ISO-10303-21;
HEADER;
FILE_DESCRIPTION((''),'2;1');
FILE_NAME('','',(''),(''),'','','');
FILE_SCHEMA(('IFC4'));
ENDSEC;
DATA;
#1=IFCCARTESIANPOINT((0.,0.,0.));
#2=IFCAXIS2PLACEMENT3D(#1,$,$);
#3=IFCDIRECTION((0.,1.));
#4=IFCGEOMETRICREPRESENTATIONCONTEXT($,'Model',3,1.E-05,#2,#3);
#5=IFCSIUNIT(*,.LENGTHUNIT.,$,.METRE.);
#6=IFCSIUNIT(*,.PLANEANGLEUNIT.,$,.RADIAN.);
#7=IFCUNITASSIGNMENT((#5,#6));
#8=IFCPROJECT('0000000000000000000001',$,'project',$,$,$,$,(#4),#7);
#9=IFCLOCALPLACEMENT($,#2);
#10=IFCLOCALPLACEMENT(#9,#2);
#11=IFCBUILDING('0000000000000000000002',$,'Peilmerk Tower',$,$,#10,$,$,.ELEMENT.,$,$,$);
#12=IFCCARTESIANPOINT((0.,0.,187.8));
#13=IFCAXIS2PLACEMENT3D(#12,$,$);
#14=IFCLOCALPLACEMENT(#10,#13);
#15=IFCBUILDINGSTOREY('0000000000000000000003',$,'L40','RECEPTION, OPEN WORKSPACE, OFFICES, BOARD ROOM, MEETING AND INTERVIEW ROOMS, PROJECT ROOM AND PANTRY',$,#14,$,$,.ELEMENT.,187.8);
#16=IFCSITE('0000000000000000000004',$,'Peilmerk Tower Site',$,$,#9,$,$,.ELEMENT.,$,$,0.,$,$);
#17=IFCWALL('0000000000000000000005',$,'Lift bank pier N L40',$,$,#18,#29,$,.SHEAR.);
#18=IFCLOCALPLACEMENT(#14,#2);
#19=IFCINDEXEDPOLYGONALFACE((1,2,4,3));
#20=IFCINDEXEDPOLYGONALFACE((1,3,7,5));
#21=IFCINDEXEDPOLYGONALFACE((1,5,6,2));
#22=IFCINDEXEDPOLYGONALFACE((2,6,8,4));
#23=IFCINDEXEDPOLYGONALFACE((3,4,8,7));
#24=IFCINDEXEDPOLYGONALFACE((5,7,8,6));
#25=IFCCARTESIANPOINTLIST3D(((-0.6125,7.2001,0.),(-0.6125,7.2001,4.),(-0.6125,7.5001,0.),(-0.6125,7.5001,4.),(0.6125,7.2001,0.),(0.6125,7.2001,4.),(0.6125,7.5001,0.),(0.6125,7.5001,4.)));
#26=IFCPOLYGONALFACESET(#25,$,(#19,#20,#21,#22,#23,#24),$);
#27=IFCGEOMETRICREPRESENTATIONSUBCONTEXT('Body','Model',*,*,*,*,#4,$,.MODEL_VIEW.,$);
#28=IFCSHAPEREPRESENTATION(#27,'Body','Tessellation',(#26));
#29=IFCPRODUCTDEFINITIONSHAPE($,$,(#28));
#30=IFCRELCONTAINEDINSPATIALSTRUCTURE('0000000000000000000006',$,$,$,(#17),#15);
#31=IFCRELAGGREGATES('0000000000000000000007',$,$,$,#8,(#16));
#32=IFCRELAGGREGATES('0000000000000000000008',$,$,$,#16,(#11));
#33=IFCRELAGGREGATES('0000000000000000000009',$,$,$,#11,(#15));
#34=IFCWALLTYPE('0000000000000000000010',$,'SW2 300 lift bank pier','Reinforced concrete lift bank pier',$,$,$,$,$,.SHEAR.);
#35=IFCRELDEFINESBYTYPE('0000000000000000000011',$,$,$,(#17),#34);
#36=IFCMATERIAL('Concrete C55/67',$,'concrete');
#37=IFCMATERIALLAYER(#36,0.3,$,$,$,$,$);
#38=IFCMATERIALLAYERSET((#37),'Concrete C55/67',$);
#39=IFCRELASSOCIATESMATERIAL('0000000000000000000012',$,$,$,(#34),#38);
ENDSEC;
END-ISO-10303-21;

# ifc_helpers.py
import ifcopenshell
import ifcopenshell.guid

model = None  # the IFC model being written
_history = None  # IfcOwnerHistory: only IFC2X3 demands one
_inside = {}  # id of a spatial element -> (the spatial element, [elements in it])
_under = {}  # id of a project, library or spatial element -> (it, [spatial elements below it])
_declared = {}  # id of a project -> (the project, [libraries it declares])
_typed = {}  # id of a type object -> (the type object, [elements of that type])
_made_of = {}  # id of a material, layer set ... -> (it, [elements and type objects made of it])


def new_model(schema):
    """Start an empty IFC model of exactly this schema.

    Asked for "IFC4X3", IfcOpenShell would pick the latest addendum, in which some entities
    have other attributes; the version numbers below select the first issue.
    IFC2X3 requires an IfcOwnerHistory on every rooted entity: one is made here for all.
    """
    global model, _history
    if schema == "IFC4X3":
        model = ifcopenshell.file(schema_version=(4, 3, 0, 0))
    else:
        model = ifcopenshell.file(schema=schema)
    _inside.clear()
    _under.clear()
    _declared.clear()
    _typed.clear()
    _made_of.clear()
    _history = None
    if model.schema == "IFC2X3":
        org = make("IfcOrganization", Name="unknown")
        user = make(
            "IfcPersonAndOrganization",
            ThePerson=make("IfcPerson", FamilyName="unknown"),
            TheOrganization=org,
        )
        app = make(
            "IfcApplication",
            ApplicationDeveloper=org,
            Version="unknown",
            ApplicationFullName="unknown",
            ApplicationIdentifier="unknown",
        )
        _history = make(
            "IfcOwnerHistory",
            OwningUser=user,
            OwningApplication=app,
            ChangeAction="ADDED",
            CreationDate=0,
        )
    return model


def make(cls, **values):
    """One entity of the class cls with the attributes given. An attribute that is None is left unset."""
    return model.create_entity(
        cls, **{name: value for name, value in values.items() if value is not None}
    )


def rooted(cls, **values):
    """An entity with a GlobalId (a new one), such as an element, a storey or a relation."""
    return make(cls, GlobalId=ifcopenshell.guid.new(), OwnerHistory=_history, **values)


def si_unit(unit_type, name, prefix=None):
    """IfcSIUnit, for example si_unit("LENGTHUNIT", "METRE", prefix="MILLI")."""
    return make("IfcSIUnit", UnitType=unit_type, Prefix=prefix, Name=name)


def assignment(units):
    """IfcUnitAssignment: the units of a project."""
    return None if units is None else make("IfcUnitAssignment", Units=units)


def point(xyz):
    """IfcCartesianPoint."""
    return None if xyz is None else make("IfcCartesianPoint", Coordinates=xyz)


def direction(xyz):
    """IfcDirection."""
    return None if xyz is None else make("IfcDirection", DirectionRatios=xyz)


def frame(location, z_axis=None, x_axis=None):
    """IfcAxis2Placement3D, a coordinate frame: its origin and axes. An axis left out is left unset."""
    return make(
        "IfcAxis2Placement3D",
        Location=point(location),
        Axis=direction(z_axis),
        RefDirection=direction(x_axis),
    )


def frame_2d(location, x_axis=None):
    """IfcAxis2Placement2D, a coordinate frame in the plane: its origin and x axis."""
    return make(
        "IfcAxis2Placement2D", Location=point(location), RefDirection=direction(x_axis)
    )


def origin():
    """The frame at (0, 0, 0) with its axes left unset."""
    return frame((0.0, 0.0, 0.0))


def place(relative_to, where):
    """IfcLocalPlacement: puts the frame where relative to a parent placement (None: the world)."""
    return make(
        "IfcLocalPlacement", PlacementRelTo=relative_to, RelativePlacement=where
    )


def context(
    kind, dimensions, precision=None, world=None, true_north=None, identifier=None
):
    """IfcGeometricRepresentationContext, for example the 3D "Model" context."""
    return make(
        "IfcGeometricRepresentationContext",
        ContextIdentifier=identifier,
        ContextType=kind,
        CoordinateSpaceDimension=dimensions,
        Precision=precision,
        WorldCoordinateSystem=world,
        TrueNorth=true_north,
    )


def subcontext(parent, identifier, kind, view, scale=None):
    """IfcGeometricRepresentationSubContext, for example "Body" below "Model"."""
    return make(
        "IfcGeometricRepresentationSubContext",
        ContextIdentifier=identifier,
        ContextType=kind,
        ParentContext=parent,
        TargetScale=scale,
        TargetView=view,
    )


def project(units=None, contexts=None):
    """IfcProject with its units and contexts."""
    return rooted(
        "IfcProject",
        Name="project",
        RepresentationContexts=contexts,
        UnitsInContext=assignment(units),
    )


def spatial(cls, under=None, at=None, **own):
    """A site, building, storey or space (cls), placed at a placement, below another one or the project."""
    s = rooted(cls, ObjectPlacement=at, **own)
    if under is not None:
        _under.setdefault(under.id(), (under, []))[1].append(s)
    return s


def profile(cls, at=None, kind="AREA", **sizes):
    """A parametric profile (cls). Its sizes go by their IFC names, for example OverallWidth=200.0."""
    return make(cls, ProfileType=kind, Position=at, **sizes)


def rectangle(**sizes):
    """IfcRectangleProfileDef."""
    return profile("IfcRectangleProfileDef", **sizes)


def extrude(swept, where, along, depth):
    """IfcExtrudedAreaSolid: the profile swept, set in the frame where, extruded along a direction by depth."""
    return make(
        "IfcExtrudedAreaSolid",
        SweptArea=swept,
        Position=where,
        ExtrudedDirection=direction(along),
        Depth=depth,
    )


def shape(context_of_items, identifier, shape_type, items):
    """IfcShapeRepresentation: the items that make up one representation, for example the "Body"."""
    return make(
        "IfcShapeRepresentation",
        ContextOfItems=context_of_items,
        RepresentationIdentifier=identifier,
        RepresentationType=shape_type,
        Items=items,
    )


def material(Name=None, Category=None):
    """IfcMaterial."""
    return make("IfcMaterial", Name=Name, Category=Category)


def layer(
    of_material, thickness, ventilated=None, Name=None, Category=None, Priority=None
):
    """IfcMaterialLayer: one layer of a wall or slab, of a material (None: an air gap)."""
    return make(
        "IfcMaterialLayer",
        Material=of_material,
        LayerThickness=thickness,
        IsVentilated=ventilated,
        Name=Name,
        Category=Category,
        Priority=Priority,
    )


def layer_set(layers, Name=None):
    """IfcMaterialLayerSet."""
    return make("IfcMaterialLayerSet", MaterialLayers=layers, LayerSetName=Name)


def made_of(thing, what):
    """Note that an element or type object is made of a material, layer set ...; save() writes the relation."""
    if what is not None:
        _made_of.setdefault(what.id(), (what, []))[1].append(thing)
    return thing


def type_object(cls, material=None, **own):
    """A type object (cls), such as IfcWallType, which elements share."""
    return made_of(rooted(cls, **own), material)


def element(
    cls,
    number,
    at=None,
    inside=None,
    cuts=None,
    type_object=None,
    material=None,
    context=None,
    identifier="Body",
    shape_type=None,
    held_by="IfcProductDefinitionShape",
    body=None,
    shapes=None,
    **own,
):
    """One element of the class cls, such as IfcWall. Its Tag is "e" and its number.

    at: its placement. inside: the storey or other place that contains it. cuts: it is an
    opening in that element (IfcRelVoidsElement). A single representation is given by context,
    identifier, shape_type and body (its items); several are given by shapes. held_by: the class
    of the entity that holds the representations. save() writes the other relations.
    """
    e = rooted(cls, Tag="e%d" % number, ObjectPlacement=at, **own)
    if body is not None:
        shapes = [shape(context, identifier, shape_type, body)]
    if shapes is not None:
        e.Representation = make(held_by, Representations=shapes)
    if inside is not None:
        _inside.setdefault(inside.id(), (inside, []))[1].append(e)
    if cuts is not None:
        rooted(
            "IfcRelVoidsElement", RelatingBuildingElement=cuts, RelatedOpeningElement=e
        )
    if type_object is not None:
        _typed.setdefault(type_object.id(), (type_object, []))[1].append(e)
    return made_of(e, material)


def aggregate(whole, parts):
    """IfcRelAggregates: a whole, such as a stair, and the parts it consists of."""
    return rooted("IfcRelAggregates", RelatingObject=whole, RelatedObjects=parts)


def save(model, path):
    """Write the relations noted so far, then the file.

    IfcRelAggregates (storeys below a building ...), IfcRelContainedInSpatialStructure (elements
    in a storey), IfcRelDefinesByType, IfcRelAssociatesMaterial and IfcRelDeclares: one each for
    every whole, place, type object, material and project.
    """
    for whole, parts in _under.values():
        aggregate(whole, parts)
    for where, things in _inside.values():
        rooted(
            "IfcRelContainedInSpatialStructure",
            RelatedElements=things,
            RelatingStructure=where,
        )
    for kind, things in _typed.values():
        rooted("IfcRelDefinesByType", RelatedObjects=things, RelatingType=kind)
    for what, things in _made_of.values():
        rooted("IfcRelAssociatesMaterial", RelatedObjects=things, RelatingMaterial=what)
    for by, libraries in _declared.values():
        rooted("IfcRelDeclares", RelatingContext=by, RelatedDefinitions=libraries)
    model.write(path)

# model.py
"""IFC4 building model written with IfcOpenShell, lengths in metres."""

from ifc_helpers import new_model, si_unit, direction, frame, frame_2d, origin, place, context, subcontext, project, spatial, rectangle, extrude, material, layer, layer_set, type_object, element, save


model = new_model("IFC4")

# Units and contexts
model_context = context("Model", 3, precision=1e-05, world=origin(), true_north=direction((0.0, 1.0)))
body_context = subcontext(model_context, "Body", "Model", "MODEL_VIEW")
ifc_project = project(units=[si_unit("LENGTHUNIT", "METRE"), si_unit("PLANEANGLEUNIT", "RADIAN")], contexts=[model_context])

# Site, building, storey
site_placement = place(None, origin())
site = spatial("IfcSite", under=ifc_project, at=site_placement, Name="Peilmerk Tower Site", CompositionType="ELEMENT", RefElevation=0.0)
building_placement = place(site_placement, origin())
building = spatial("IfcBuilding", under=site, at=building_placement, Name="Peilmerk Tower", CompositionType="ELEMENT")
storey_placement = place(building_placement, frame((0.0, 0.0, 187.8)))
storey = spatial("IfcBuildingStorey", under=building, at=storey_placement, Name="L40", Description="RECEPTION, OPEN WORKSPACE, OFFICES, BOARD ROOM, MEETING AND INTERVIEW ROOMS, PROJECT ROOM AND PANTRY", CompositionType="ELEMENT", Elevation=187.8)

# Wall
ifc_material_1 = material(Name="Concrete C55/67", Category="concrete")
ifc_layer_1 = layer(ifc_material_1, 0.3)
ifc_layer_set_1 = layer_set([ifc_layer_1], Name="Concrete C55/67")
wall_type_1 = type_object("IfcWallType", Name="SW2 300 lift bank pier", Description="Reinforced concrete lift bank pier", PredefinedType="SHEAR", material=ifc_layer_set_1)
for number, where, z_axis, x_axis, name in (
    (1, (-0.6125, 7.3501, 0.0), (0.0, 0.0, 1.0), (1.0, 0.0, 0.0), "Lift bank pier N L40"),
):
    element("IfcWall", number, at=place(storey_placement, frame(where, z_axis=z_axis, x_axis=x_axis)), inside=storey, type_object=wall_type_1, Name=name, PredefinedType="SHEAR", context=body_context, shape_type="SweptSolid", body=[
        extrude(rectangle(XDim=1.2251, YDim=0.3, at=frame_2d((0.6125, 0.0))), origin(), (0.0, 0.0, 1.0), 4.0),
    ])

save(model, "model.ifc")
